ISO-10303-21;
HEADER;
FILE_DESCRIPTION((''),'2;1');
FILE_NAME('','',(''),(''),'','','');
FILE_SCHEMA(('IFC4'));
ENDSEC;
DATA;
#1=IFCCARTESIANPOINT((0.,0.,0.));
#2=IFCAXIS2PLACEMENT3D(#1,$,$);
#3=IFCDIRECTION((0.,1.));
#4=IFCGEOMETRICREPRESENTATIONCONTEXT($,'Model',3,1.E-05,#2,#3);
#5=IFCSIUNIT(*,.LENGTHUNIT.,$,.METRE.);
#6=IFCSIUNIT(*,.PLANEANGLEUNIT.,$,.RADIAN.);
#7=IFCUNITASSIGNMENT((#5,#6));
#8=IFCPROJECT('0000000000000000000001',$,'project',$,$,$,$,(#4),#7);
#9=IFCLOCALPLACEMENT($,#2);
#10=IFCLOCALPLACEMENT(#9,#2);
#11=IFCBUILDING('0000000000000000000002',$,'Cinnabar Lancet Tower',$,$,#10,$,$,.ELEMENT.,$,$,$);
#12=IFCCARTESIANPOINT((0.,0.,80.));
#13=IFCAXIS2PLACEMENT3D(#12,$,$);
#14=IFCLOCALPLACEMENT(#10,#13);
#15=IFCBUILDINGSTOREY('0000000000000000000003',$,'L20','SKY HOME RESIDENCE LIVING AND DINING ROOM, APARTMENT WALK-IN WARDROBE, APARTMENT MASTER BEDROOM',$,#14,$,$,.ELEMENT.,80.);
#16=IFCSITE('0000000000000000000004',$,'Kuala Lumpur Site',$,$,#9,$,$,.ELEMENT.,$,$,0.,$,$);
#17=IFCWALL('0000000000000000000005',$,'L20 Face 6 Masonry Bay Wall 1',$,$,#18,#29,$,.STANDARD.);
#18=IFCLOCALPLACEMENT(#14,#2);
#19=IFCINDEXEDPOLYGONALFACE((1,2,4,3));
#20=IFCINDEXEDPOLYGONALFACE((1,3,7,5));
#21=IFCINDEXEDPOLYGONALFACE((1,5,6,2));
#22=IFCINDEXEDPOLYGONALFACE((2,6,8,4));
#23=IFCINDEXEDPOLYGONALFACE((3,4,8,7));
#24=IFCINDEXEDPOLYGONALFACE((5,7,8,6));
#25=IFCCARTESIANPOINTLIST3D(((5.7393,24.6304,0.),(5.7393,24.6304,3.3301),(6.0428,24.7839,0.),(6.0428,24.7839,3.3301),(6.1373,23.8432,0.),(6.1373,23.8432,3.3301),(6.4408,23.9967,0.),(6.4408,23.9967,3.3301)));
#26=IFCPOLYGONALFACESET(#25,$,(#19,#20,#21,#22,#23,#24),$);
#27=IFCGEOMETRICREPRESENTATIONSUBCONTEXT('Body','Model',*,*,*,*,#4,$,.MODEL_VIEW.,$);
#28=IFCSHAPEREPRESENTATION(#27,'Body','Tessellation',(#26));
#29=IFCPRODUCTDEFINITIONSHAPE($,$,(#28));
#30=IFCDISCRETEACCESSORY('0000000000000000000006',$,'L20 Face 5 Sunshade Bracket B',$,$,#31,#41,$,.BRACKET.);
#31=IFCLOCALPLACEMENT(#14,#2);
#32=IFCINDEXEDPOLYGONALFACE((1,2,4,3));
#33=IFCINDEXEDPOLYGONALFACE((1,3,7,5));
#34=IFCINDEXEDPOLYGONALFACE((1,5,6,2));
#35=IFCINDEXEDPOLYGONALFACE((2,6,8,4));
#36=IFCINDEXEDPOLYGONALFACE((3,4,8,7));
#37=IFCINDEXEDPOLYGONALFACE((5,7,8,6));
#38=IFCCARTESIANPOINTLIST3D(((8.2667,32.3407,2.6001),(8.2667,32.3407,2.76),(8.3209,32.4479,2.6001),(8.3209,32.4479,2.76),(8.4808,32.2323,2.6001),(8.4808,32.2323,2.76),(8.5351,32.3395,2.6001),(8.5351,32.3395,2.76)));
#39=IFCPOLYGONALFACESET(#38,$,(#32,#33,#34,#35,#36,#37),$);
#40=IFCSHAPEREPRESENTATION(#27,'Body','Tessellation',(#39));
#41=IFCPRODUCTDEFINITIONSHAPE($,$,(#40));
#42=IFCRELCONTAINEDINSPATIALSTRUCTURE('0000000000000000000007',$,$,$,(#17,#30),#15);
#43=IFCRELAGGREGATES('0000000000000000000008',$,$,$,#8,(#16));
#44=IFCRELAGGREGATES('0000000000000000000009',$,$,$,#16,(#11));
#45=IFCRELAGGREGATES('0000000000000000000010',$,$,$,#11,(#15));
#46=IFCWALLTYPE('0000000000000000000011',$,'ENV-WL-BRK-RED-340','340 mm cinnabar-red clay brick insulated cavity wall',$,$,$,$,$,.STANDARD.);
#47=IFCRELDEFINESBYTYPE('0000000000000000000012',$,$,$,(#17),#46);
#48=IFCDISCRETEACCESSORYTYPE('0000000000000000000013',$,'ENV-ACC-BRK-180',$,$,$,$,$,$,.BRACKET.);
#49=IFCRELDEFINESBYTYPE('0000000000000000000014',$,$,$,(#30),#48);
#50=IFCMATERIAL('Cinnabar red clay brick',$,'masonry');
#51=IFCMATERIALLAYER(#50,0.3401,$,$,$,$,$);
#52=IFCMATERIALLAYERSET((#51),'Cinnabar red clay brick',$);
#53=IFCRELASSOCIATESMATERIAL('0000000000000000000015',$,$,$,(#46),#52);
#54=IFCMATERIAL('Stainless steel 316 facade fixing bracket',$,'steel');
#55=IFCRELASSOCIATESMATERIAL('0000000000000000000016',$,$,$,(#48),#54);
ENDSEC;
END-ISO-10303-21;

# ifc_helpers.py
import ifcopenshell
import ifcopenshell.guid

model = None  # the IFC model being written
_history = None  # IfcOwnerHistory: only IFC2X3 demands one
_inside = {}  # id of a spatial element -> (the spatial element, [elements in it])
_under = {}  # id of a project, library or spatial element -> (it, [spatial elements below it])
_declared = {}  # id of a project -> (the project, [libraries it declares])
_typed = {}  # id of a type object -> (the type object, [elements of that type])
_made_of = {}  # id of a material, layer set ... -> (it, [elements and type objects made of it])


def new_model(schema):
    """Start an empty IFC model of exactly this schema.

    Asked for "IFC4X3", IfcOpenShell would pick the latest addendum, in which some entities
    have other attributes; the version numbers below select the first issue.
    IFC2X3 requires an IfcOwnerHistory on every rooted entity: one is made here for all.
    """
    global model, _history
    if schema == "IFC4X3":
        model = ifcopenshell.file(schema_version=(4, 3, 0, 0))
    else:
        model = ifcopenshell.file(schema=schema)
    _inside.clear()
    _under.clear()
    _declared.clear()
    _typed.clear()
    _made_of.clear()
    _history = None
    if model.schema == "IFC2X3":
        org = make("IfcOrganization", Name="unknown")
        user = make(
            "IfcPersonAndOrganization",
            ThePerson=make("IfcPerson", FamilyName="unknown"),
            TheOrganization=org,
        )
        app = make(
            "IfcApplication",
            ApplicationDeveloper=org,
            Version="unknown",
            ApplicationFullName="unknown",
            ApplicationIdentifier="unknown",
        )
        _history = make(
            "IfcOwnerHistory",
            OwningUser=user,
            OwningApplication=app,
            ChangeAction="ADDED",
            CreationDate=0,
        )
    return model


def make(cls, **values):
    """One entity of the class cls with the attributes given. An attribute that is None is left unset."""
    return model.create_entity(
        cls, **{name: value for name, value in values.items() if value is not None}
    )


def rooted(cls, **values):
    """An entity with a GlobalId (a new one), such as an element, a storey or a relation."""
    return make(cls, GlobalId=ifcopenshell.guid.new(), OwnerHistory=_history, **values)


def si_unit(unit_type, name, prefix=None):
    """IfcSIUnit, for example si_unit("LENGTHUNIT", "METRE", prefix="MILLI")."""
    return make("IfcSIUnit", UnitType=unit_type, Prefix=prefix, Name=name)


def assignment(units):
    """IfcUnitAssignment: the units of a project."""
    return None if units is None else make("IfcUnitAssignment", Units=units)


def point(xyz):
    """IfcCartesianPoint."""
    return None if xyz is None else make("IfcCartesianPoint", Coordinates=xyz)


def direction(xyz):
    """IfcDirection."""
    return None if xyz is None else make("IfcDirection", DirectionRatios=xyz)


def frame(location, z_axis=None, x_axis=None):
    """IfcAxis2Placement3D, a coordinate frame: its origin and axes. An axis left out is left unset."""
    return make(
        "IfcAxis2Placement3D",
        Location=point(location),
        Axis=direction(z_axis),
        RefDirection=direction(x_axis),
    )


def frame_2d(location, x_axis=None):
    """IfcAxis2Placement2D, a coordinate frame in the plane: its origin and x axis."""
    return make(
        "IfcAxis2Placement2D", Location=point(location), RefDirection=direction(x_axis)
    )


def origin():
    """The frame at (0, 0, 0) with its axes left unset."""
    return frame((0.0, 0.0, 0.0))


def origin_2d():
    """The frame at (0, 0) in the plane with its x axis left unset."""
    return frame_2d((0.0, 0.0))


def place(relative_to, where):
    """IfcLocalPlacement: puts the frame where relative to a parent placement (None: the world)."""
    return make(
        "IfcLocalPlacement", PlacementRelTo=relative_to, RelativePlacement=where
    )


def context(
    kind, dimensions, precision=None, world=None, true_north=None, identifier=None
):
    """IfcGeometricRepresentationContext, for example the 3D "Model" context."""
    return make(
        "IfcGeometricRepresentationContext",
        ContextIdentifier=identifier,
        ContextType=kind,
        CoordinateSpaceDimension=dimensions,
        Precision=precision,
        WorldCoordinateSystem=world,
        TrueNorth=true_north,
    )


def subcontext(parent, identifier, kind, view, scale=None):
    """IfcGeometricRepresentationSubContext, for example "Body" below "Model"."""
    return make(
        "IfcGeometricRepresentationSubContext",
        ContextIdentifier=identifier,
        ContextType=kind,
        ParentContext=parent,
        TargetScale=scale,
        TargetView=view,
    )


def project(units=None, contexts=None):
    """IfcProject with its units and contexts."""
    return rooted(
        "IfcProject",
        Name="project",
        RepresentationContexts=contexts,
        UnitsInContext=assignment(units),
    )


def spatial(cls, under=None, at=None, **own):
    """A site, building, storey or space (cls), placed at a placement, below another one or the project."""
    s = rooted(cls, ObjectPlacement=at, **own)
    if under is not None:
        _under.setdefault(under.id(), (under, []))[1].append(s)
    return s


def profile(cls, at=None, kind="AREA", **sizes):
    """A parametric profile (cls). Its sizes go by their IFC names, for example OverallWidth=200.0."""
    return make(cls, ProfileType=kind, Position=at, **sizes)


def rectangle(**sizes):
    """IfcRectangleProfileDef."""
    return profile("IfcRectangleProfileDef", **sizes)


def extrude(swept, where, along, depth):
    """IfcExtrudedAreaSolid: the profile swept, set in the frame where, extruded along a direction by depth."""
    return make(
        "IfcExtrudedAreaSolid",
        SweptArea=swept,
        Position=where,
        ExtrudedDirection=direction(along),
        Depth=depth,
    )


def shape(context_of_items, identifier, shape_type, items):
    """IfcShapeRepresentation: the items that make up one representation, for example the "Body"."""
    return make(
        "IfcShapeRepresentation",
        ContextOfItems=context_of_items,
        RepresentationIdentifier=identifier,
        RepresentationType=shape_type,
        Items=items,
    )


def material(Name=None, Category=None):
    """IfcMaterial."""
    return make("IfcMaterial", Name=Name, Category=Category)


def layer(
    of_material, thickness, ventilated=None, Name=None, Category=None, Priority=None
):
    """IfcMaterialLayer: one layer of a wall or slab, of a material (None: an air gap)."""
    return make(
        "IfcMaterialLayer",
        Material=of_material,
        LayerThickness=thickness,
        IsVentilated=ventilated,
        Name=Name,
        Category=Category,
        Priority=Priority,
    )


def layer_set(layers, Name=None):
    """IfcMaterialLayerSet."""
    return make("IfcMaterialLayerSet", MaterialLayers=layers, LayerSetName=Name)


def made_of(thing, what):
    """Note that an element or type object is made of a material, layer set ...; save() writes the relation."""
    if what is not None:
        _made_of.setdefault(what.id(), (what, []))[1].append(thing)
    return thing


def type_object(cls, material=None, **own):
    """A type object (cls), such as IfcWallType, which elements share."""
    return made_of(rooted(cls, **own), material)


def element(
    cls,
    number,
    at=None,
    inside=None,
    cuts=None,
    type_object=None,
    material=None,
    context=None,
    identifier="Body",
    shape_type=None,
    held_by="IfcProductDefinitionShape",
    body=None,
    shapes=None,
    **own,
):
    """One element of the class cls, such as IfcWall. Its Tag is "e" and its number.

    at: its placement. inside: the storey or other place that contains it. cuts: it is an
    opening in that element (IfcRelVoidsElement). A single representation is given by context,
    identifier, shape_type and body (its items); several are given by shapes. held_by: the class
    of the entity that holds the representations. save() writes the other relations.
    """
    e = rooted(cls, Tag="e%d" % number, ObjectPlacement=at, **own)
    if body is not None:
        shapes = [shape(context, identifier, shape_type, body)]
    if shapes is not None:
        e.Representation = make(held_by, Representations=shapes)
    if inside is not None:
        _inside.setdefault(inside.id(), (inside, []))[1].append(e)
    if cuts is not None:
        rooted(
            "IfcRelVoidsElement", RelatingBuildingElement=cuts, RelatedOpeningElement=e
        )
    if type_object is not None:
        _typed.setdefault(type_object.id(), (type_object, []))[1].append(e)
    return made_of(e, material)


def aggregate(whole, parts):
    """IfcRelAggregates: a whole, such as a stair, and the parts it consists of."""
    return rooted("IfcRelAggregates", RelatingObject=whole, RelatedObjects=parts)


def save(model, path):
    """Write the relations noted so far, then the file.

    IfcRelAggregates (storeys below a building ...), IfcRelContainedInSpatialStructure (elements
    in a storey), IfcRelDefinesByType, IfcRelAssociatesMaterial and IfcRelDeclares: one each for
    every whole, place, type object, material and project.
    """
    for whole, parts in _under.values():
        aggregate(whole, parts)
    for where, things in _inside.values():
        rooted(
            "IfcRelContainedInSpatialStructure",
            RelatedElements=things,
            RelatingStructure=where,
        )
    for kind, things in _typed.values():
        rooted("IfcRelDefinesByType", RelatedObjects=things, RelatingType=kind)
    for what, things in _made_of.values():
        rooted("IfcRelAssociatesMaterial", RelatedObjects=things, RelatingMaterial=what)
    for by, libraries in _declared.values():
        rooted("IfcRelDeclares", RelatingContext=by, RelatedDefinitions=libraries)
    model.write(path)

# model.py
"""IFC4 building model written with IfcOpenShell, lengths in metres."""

from ifc_helpers import new_model, si_unit, direction, frame, frame_2d, origin, origin_2d, place, context, subcontext, project, spatial, rectangle, extrude, material, layer, layer_set, type_object, element, save


model = new_model("IFC4")

# Units and contexts
model_context = context("Model", 3, precision=1e-05, world=origin(), true_north=direction((0.0, 1.0)))
body_context = subcontext(model_context, "Body", "Model", "MODEL_VIEW")
ifc_project = project(units=[si_unit("LENGTHUNIT", "METRE"), si_unit("PLANEANGLEUNIT", "RADIAN")], contexts=[model_context])

# Site, building, storey
site_placement = place(None, origin())
site = spatial("IfcSite", under=ifc_project, at=site_placement, Name="Kuala Lumpur Site", CompositionType="ELEMENT", RefElevation=0.0)
building_placement = place(site_placement, origin())
building = spatial("IfcBuilding", under=site, at=building_placement, Name="Cinnabar Lancet Tower", CompositionType="ELEMENT")
storey_placement = place(building_placement, frame((0.0, 0.0, 80.0)))
storey = spatial("IfcBuildingStorey", under=building, at=storey_placement, Name="L20", Description="SKY HOME RESIDENCE LIVING AND DINING ROOM, APARTMENT WALK-IN WARDROBE, APARTMENT MASTER BEDROOM", CompositionType="ELEMENT", Elevation=80.0)

# Shared definitions
ifc_material_1 = material(Name="Cinnabar red clay brick", Category="masonry")
ifc_layer_1 = layer(ifc_material_1, 0.3401)
ifc_layer_set_1 = layer_set([ifc_layer_1], Name="Cinnabar red clay brick")
wall_type_1 = type_object("IfcWallType", Name="ENV-WL-BRK-RED-340", Description="340 mm cinnabar-red clay brick insulated cavity wall", PredefinedType="STANDARD", material=ifc_layer_set_1)

# Wall
wall_1_placement = place(storey_placement, frame((5.8911, 24.707, 0.0), z_axis=(0.0, 0.0, 1.0), x_axis=(0.451195, -0.892425, 0.0)))
element("IfcWall", 1, at=wall_1_placement, inside=storey, type_object=wall_type_1, Name="L20 Face 6 Masonry Bay Wall 1", PredefinedType="STANDARD", context=body_context, shape_type="SweptSolid", body=[
    extrude(rectangle(XDim=0.8821, YDim=0.3401, at=frame_2d((0.4409, 0.0))), origin(), (0.0, 0.0, 1.0), 3.3301),
])

# Discrete accessory
ifc_material_2 = material(Name="Stainless steel 316 facade fixing bracket", Category="steel")
discrete_accessory_type = type_object("IfcDiscreteAccessoryType", Name="ENV-ACC-BRK-180", PredefinedType="BRACKET", material=ifc_material_2)
discrete_accessory_placement = place(storey_placement, frame((8.4009, 32.3401, 2.6001), z_axis=(0.0, 0.0, 1.0), x_axis=(-0.451501, -0.892271, 0.0)))
element("IfcDiscreteAccessory", 2, at=discrete_accessory_placement, inside=storey, type_object=discrete_accessory_type, Name="L20 Face 5 Sunshade Bracket B", PredefinedType="BRACKET", context=body_context, shape_type="SweptSolid", body=[
    extrude(rectangle(XDim=0.1201, YDim=0.24, at=origin_2d()), origin(), (0.0, 0.0, 1.0), 0.1599),
])

save(model, "model.ifc")
